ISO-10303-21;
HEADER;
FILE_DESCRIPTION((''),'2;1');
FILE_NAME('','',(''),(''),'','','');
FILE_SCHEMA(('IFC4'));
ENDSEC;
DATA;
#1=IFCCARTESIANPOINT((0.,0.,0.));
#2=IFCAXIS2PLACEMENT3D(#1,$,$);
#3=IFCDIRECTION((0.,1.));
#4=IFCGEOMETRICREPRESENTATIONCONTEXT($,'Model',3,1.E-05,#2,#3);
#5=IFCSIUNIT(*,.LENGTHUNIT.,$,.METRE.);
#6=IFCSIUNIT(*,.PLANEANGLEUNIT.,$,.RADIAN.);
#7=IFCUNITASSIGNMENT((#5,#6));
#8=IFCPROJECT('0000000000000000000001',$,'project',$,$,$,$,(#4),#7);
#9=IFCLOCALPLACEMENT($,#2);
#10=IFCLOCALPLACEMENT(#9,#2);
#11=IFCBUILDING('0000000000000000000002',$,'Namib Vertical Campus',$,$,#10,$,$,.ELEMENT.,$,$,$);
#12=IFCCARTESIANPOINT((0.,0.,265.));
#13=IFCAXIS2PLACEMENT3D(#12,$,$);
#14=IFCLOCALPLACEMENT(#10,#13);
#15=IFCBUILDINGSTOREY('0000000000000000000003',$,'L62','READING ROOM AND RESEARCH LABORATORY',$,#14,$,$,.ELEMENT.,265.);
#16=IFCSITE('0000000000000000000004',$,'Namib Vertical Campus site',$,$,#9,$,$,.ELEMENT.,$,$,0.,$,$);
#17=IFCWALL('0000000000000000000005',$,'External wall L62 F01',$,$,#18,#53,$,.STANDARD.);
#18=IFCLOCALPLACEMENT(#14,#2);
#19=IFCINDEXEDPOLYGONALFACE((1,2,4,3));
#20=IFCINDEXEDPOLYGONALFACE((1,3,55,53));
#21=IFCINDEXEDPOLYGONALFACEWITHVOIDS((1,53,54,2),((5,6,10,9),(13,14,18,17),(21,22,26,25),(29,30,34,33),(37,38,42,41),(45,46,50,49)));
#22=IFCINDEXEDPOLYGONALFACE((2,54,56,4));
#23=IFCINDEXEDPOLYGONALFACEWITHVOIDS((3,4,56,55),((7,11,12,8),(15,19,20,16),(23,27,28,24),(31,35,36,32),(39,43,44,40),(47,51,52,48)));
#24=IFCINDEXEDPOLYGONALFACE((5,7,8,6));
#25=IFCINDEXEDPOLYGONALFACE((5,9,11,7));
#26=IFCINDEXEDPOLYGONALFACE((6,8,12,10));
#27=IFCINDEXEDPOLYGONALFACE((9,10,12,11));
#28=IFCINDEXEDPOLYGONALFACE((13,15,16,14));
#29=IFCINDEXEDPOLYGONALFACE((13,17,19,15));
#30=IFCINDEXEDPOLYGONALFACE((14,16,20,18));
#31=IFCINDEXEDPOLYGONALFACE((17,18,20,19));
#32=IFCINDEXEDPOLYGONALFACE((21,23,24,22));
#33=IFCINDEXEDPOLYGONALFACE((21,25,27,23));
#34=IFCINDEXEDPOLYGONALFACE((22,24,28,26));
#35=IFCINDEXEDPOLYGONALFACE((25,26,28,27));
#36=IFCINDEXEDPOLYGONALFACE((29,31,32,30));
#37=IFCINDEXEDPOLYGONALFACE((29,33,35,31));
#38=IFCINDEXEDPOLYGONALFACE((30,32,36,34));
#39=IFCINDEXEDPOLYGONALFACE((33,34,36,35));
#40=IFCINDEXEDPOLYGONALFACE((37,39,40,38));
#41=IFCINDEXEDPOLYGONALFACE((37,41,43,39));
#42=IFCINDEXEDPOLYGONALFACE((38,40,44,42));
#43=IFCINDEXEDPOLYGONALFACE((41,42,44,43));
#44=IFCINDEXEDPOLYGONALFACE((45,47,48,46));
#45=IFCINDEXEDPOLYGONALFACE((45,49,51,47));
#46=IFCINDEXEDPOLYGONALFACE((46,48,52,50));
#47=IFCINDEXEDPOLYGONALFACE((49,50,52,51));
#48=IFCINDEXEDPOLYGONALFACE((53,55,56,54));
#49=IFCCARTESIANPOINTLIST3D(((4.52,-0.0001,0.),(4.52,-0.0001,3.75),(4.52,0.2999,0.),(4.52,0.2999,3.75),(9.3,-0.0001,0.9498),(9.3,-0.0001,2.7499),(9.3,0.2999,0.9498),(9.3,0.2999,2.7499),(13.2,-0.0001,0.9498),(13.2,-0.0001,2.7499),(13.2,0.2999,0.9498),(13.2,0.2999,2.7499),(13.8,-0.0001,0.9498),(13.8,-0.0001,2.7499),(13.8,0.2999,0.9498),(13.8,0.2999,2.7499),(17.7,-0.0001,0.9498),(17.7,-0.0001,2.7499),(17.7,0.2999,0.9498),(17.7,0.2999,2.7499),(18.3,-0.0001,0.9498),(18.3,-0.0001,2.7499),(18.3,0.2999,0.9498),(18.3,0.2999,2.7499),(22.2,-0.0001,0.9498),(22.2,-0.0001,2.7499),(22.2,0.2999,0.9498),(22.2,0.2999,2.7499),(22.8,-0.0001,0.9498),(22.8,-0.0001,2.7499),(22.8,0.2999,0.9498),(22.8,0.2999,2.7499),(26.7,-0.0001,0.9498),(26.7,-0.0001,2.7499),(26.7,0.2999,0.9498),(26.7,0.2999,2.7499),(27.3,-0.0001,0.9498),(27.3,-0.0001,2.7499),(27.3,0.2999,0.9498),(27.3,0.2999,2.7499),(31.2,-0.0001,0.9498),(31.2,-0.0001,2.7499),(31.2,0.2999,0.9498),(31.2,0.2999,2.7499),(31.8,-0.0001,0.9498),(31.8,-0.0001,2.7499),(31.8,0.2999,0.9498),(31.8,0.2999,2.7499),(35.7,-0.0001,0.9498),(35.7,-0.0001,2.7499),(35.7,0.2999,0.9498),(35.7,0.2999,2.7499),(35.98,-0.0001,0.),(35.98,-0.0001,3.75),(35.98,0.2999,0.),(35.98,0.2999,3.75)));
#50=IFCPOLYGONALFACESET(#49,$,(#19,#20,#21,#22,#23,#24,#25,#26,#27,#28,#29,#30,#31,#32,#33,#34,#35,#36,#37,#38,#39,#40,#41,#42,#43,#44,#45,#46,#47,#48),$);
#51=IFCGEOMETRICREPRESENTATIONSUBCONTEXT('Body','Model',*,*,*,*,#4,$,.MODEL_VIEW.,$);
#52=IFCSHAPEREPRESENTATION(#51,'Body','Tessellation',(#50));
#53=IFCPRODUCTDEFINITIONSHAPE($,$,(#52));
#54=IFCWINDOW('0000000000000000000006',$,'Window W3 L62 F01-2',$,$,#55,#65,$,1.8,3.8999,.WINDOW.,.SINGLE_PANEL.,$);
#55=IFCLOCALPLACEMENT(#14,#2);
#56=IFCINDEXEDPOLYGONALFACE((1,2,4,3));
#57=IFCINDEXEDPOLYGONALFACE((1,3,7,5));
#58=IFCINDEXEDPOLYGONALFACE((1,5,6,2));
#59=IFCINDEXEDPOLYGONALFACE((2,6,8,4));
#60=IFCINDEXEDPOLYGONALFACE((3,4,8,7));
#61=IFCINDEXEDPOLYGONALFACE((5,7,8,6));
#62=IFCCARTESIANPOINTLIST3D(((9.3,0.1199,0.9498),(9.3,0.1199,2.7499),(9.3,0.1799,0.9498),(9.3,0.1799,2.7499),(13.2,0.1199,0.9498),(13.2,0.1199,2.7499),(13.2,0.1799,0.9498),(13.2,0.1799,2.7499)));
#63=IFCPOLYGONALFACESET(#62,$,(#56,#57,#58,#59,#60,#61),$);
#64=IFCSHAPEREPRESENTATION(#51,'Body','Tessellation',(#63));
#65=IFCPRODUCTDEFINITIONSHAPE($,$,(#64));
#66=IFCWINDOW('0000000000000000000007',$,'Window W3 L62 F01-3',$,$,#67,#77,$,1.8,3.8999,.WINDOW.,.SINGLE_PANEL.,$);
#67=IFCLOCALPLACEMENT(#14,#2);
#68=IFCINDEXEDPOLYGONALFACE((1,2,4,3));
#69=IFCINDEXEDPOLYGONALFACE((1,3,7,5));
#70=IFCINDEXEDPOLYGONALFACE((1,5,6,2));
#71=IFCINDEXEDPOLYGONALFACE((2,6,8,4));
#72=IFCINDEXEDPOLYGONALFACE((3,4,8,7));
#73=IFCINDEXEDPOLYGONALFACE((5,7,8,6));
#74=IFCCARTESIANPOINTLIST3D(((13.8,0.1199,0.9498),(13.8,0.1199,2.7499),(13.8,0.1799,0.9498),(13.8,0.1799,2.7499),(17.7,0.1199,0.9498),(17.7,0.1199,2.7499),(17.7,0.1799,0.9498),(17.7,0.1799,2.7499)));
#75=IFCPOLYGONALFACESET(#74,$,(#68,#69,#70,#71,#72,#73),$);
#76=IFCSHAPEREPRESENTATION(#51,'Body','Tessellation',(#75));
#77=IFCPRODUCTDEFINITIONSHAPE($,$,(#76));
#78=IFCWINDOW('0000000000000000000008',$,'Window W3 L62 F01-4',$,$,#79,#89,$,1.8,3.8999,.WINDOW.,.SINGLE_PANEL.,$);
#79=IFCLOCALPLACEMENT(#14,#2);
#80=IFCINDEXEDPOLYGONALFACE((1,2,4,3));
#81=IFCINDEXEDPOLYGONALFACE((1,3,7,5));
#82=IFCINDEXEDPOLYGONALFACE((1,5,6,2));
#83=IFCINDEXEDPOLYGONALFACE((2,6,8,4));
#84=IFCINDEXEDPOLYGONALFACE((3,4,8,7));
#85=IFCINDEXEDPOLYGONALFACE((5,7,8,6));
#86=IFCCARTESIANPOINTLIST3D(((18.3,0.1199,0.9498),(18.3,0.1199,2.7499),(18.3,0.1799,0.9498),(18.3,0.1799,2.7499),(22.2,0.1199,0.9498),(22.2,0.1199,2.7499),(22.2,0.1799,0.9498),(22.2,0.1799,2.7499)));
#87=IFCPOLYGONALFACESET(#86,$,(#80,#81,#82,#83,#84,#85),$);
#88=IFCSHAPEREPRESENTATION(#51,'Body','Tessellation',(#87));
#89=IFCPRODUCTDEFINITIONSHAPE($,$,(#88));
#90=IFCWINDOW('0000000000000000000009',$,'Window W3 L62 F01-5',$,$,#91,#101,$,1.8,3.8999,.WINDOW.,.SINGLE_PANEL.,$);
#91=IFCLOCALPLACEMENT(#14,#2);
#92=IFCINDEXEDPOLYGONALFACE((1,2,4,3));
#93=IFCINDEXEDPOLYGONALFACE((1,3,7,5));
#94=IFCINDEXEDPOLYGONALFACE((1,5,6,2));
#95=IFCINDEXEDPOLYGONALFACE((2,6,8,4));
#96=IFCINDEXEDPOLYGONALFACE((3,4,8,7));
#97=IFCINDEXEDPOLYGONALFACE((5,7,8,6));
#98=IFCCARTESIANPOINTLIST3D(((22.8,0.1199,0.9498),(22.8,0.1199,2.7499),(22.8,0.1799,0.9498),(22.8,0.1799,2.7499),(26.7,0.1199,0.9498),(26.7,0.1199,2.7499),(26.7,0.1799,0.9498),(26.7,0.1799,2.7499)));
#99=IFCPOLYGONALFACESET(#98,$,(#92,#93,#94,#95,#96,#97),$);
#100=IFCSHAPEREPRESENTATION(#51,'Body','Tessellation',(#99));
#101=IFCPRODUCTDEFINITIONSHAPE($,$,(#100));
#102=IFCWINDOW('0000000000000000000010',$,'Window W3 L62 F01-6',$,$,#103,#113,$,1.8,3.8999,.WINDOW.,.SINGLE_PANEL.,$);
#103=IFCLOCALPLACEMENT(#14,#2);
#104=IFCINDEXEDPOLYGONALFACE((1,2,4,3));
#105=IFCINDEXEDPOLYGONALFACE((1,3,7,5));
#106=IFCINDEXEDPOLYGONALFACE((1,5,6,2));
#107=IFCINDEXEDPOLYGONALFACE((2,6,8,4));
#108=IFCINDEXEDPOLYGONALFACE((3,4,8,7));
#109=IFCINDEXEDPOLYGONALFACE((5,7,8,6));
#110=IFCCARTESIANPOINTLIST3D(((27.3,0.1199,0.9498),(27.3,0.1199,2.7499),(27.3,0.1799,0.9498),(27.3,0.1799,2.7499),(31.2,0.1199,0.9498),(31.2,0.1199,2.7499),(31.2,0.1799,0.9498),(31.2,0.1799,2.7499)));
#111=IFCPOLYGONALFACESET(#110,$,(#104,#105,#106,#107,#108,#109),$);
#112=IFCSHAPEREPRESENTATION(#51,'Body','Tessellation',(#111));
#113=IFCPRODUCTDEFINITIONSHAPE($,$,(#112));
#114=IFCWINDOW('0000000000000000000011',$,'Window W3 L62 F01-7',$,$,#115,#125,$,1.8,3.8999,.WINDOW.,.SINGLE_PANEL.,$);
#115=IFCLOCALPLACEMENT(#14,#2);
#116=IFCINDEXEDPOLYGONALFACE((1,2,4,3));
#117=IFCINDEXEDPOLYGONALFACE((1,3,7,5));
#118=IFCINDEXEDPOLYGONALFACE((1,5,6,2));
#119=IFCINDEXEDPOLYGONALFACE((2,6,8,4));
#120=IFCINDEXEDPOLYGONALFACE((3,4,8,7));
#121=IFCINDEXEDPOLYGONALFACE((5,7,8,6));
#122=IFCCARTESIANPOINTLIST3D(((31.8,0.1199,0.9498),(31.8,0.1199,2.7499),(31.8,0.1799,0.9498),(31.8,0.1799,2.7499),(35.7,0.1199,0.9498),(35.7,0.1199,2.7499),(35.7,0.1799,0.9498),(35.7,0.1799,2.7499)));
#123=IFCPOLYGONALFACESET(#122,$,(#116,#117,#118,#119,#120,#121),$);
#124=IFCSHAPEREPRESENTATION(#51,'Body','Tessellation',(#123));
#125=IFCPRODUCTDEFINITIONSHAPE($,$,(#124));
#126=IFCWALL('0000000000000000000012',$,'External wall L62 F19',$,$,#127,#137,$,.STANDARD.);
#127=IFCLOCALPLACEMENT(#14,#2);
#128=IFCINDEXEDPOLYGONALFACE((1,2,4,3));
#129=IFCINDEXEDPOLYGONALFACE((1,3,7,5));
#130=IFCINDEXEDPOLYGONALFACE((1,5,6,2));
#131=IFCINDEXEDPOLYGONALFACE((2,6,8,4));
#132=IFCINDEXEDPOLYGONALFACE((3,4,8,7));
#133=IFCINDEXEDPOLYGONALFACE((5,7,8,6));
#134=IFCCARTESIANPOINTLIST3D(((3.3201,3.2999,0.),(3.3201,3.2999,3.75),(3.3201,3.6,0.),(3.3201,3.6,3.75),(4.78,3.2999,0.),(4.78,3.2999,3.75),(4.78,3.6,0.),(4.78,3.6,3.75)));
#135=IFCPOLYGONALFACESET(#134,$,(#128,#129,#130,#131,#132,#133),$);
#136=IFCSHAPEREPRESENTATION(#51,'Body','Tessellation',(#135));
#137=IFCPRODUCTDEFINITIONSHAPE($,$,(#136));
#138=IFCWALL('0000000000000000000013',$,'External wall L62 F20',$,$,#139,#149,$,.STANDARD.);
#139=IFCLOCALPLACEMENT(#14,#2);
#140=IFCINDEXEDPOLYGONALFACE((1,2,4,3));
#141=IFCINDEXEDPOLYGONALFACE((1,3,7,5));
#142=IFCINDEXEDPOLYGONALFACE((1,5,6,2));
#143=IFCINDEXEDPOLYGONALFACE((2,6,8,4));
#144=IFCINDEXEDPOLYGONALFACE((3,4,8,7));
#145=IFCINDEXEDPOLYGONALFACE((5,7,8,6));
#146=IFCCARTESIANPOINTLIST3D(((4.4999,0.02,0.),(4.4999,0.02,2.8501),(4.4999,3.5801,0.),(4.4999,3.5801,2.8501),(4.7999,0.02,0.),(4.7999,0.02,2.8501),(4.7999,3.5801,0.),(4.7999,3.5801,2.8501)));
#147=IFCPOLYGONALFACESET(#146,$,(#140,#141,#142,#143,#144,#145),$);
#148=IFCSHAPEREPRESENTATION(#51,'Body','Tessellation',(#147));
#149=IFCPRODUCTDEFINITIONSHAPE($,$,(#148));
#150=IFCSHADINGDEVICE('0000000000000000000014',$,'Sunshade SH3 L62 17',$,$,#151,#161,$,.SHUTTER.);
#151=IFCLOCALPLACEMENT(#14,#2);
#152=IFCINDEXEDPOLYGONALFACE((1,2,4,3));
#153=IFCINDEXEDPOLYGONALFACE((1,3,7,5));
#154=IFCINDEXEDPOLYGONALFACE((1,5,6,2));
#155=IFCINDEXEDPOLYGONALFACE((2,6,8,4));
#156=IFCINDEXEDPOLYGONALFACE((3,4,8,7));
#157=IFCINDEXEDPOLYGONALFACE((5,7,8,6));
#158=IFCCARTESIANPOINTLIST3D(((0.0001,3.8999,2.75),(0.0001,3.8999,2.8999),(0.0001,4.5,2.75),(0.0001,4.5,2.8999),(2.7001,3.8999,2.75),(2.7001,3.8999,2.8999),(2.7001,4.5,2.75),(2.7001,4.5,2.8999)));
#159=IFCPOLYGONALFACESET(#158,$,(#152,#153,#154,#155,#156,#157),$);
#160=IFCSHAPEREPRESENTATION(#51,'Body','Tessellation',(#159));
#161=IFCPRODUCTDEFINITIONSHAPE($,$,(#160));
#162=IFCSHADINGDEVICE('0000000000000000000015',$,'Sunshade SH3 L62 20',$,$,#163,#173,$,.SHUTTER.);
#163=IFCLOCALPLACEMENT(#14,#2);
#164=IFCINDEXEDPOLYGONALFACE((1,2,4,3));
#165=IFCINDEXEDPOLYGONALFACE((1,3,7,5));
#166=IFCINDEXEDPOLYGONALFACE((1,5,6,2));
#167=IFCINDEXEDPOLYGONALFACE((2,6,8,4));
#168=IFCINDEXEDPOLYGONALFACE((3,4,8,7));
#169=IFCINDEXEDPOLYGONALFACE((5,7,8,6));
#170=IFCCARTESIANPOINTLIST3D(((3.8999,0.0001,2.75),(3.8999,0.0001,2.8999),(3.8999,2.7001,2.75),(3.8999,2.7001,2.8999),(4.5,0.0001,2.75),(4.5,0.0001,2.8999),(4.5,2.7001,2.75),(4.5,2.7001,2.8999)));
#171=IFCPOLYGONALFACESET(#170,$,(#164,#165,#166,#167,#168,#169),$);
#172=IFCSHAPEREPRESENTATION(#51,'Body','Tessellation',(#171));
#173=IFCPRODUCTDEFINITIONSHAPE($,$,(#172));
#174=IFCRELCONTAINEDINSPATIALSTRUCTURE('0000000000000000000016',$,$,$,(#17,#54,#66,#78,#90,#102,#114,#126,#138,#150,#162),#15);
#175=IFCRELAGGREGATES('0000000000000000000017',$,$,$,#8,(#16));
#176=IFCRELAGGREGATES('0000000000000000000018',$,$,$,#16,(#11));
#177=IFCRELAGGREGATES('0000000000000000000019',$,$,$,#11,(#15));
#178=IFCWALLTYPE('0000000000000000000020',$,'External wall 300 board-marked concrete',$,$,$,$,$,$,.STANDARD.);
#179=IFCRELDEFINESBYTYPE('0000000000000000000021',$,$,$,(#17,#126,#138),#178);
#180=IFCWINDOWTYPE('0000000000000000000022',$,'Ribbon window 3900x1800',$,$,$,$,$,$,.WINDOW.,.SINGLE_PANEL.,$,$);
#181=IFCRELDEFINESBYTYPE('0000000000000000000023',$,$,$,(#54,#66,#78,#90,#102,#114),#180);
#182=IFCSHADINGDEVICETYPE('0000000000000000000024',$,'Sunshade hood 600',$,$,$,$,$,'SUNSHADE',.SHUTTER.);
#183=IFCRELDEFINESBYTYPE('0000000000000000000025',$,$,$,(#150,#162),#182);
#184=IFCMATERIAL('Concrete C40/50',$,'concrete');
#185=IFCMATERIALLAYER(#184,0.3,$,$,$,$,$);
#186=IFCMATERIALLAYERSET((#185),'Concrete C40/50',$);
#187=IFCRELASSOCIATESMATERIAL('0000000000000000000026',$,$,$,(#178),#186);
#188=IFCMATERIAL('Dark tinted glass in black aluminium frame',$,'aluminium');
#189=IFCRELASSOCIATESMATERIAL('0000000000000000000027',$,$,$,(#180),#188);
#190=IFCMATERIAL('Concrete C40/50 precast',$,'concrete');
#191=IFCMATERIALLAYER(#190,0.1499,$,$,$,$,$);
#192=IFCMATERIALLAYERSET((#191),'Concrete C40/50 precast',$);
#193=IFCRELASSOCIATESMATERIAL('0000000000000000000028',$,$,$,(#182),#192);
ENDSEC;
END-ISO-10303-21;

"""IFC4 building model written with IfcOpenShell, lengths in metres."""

from ifc_helpers import new_model, si_unit, direction, frame, frame_2d, origin, origin_2d, place, context, subcontext, project, spatial, rectangle, extrude, material, layer, layer_set, type_object, element, fill, save


model = new_model("IFC4")

# Units and contexts
model_context = context("Model", 3, precision=1e-05, world=origin(), true_north=direction((0.0, 1.0)))
body_context = subcontext(model_context, "Body", "Model", "MODEL_VIEW")
ifc_project = project(units=[si_unit("LENGTHUNIT", "METRE"), si_unit("PLANEANGLEUNIT", "RADIAN")], contexts=[model_context])

# Site, building, storey
site_placement = place(None, origin())
site = spatial("IfcSite", under=ifc_project, at=site_placement, Name="Namib Vertical Campus site", CompositionType="ELEMENT", RefElevation=0.0)
building_placement = place(site_placement, origin())
building = spatial("IfcBuilding", under=site, at=building_placement, Name="Namib Vertical Campus", CompositionType="ELEMENT")
storey_placement = place(building_placement, frame((0.0, 0.0, 265.0)))
storey = spatial("IfcBuildingStorey", under=building, at=storey_placement, Name="L62", Description="READING ROOM AND RESEARCH LABORATORY", CompositionType="ELEMENT", Elevation=265.0)

# Wall, openings, windows
ifc_material_1 = material(Name="Concrete C40/50", Category="concrete")
ifc_layer_1 = layer(ifc_material_1, 0.3)
ifc_layer_set_1 = layer_set([ifc_layer_1], Name="Concrete C40/50")
wall_type = type_object("IfcWallType", Name="External wall 300 board-marked concrete", PredefinedType="STANDARD", material=ifc_layer_set_1)
wall_1_placement = place(storey_placement, frame((4.52, 0.1499, 0.0), z_axis=(0.0, 0.0, 1.0), x_axis=(1.0, 0.0, 0.0)))
wall_1 = element("IfcWall", 1, at=wall_1_placement, inside=storey, type_object=wall_type, Name="External wall L62 F01", PredefinedType="STANDARD", context=body_context, shape_type="SweptSolid", body=[
    extrude(rectangle(XDim=31.46, YDim=0.3, at=frame_2d((15.73, 0.0))), origin(), (0.0, 0.0, 1.0), 3.75),
])
opening_1_placement = place(wall_1_placement, frame((4.78, 0.0, 0.95)))
opening_1 = element("IfcOpeningElement", 2, at=opening_1_placement, cuts=wall_1, PredefinedType="OPENING", context=body_context, shape_type="SweptSolid", body=[
    extrude(rectangle(XDim=3.8999, YDim=1.8, at=frame_2d((1.95, 0.8999))), frame((0.0, 0.1599, 0.0), z_axis=(0.0, -1.0, 0.0), x_axis=(1.0, 0.0, 0.0)), (0.0, 0.0, 1.0), 0.3201),
])
opening_2_placement = place(wall_1_placement, frame((9.28, 0.0, 0.95)))
opening_2 = element("IfcOpeningElement", 3, at=opening_2_placement, cuts=wall_1, PredefinedType="OPENING", context=body_context, shape_type="SweptSolid", body=[
    extrude(rectangle(XDim=3.8999, YDim=1.8, at=frame_2d((1.95, 0.8999))), frame((0.0, 0.1599, 0.0), z_axis=(0.0, -1.0, 0.0), x_axis=(1.0, 0.0, 0.0)), (0.0, 0.0, 1.0), 0.3201),
])
opening_3_placement = place(wall_1_placement, frame((13.78, 0.0, 0.95)))
opening_3 = element("IfcOpeningElement", 4, at=opening_3_placement, cuts=wall_1, PredefinedType="OPENING", context=body_context, shape_type="SweptSolid", body=[
    extrude(rectangle(XDim=3.8999, YDim=1.8, at=frame_2d((1.95, 0.8999))), frame((0.0, 0.1599, 0.0), z_axis=(0.0, -1.0, 0.0), x_axis=(1.0, 0.0, 0.0)), (0.0, 0.0, 1.0), 0.3201),
])
opening_4_placement = place(wall_1_placement, frame((18.28, 0.0, 0.95)))
opening_4 = element("IfcOpeningElement", 5, at=opening_4_placement, cuts=wall_1, PredefinedType="OPENING", context=body_context, shape_type="SweptSolid", body=[
    extrude(rectangle(XDim=3.8999, YDim=1.8, at=frame_2d((1.95, 0.8999))), frame((0.0, 0.1599, 0.0), z_axis=(0.0, -1.0, 0.0), x_axis=(1.0, 0.0, 0.0)), (0.0, 0.0, 1.0), 0.3201),
])
opening_5_placement = place(wall_1_placement, frame((22.78, 0.0, 0.95)))
opening_5 = element("IfcOpeningElement", 6, at=opening_5_placement, cuts=wall_1, PredefinedType="OPENING", context=body_context, shape_type="SweptSolid", body=[
    extrude(rectangle(XDim=3.8999, YDim=1.8, at=frame_2d((1.95, 0.8999))), frame((0.0, 0.1599, 0.0), z_axis=(0.0, -1.0, 0.0), x_axis=(1.0, 0.0, 0.0)), (0.0, 0.0, 1.0), 0.3201),
])
opening_6_placement = place(wall_1_placement, frame((27.28, 0.0, 0.95)))
opening_6 = element("IfcOpeningElement", 7, at=opening_6_placement, cuts=wall_1, PredefinedType="OPENING", context=body_context, shape_type="SweptSolid", body=[
    extrude(rectangle(XDim=3.8999, YDim=1.8, at=frame_2d((1.95, 0.8999))), frame((0.0, 0.1599, 0.0), z_axis=(0.0, -1.0, 0.0), x_axis=(1.0, 0.0, 0.0)), (0.0, 0.0, 1.0), 0.3201),
])
ifc_material_2 = material(Name="Dark tinted glass in black aluminium frame", Category="aluminium")
window_type = type_object("IfcWindowType", Name="Ribbon window 3900x1800", PartitioningType="SINGLE_PANEL", PredefinedType="WINDOW", material=ifc_material_2)
window_1_placement = place(opening_1_placement, origin())
window_1 = element("IfcWindow", 8, at=window_1_placement, inside=storey, type_object=window_type, Name="Window W3 L62 F01-2", OverallHeight=1.8, OverallWidth=3.8999, PartitioningType="SINGLE_PANEL", PredefinedType="WINDOW", context=body_context, shape_type="SweptSolid", body=[
    extrude(rectangle(XDim=3.8999, YDim=1.8, at=frame_2d((1.95, 0.8999))), frame((0.0, 0.03, 0.0), z_axis=(0.0, -1.0, 0.0), x_axis=(1.0, 0.0, 0.0)), (0.0, 0.0, 1.0), 0.0601),
])
fill(opening_1, window_1)
window_2_placement = place(opening_2_placement, origin())
window_2 = element("IfcWindow", 9, at=window_2_placement, inside=storey, type_object=window_type, Name="Window W3 L62 F01-3", OverallHeight=1.8, OverallWidth=3.8999, PartitioningType="SINGLE_PANEL", PredefinedType="WINDOW", context=body_context, shape_type="SweptSolid", body=[
    extrude(rectangle(XDim=3.8999, YDim=1.8, at=frame_2d((1.95, 0.8999))), frame((0.0, 0.03, 0.0), z_axis=(0.0, -1.0, 0.0), x_axis=(1.0, 0.0, 0.0)), (0.0, 0.0, 1.0), 0.0601),
])
fill(opening_2, window_2)
window_3_placement = place(opening_3_placement, origin())
window_3 = element("IfcWindow", 10, at=window_3_placement, inside=storey, type_object=window_type, Name="Window W3 L62 F01-4", OverallHeight=1.8, OverallWidth=3.8999, PartitioningType="SINGLE_PANEL", PredefinedType="WINDOW", context=body_context, shape_type="SweptSolid", body=[
    extrude(rectangle(XDim=3.8999, YDim=1.8, at=frame_2d((1.95, 0.8999))), frame((0.0, 0.03, 0.0), z_axis=(0.0, -1.0, 0.0), x_axis=(1.0, 0.0, 0.0)), (0.0, 0.0, 1.0), 0.0601),
])
fill(opening_3, window_3)
window_4_placement = place(opening_4_placement, origin())
window_4 = element("IfcWindow", 11, at=window_4_placement, inside=storey, type_object=window_type, Name="Window W3 L62 F01-5", OverallHeight=1.8, OverallWidth=3.8999, PartitioningType="SINGLE_PANEL", PredefinedType="WINDOW", context=body_context, shape_type="SweptSolid", body=[
    extrude(rectangle(XDim=3.8999, YDim=1.8, at=frame_2d((1.95, 0.8999))), frame((0.0, 0.03, 0.0), z_axis=(0.0, -1.0, 0.0), x_axis=(1.0, 0.0, 0.0)), (0.0, 0.0, 1.0), 0.0601),
])
fill(opening_4, window_4)
window_5_placement = place(opening_5_placement, origin())
window_5 = element("IfcWindow", 12, at=window_5_placement, inside=storey, type_object=window_type, Name="Window W3 L62 F01-6", OverallHeight=1.8, OverallWidth=3.8999, PartitioningType="SINGLE_PANEL", PredefinedType="WINDOW", context=body_context, shape_type="SweptSolid", body=[
    extrude(rectangle(XDim=3.8999, YDim=1.8, at=frame_2d((1.95, 0.8999))), frame((0.0, 0.03, 0.0), z_axis=(0.0, -1.0, 0.0), x_axis=(1.0, 0.0, 0.0)), (0.0, 0.0, 1.0), 0.0601),
])
fill(opening_5, window_5)
window_6_placement = place(opening_6_placement, origin())
window_6 = element("IfcWindow", 13, at=window_6_placement, inside=storey, type_object=window_type, Name="Window W3 L62 F01-7", OverallHeight=1.8, OverallWidth=3.8999, PartitioningType="SINGLE_PANEL", PredefinedType="WINDOW", context=body_context, shape_type="SweptSolid", body=[
    extrude(rectangle(XDim=3.8999, YDim=1.8, at=frame_2d((1.95, 0.8999))), frame((0.0, 0.03, 0.0), z_axis=(0.0, -1.0, 0.0), x_axis=(1.0, 0.0, 0.0)), (0.0, 0.0, 1.0), 0.0601),
])
fill(opening_6, window_6)

# Walls
wall_2_placement = place(storey_placement, frame((3.3201, 3.45, 0.0), z_axis=(0.0, 0.0, 1.0), x_axis=(1.0, 0.0, 0.0)))
element("IfcWall", 14, at=wall_2_placement, inside=storey, type_object=wall_type, Name="External wall L62 F19", PredefinedType="STANDARD", context=body_context, shape_type="SweptSolid", body=[
    extrude(rectangle(XDim=1.46, YDim=0.3, at=frame_2d((0.73, 0.0))), origin(), (0.0, 0.0, 1.0), 3.75),
])
wall_3_placement = place(storey_placement, frame((4.6499, 3.5801, 0.0), z_axis=(0.0, 0.0, 1.0), x_axis=(0.0, -1.0, 0.0)))
element("IfcWall", 15, at=wall_3_placement, inside=storey, type_object=wall_type, Name="External wall L62 F20", PredefinedType="STANDARD", context=body_context, shape_type="SweptSolid", body=[
    extrude(rectangle(XDim=3.5601, YDim=0.3, at=frame_2d((1.78, 0.0))), origin(), (0.0, 0.0, 1.0), 2.8501),
])

# Shading devices
ifc_material_3 = material(Name="Concrete C40/50 precast", Category="concrete")
ifc_layer_2 = layer(ifc_material_3, 0.1499)
ifc_layer_set_2 = layer_set([ifc_layer_2], Name="Concrete C40/50 precast")
shading_device_type = type_object("IfcShadingDeviceType", Name="Sunshade hood 600", ElementType="SUNSHADE", PredefinedType="SHUTTER", material=ifc_layer_set_2)
for number, where, z_axis, x_axis, name in (
    (16, (1.3501, 4.2, 2.75), (0.0, 0.0, 1.0), (1.0, 0.0, 0.0), "Sunshade SH3 L62 17"),
    (17, (4.2, 1.3501, 2.75), (0.0, 0.0, 1.0), (0.0, -1.0, 0.0), "Sunshade SH3 L62 20"),
):
    element("IfcShadingDevice", number, at=place(storey_placement, frame(where, z_axis=z_axis, x_axis=x_axis)), inside=storey, type_object=shading_device_type, Name=name, PredefinedType="SHUTTER", context=body_context, shape_type="SweptSolid", body=[
        extrude(rectangle(XDim=2.7, YDim=0.6001, at=origin_2d()), origin(), (0.0, 0.0, 1.0), 0.1499),
    ])

save(model, "model.ifc")
